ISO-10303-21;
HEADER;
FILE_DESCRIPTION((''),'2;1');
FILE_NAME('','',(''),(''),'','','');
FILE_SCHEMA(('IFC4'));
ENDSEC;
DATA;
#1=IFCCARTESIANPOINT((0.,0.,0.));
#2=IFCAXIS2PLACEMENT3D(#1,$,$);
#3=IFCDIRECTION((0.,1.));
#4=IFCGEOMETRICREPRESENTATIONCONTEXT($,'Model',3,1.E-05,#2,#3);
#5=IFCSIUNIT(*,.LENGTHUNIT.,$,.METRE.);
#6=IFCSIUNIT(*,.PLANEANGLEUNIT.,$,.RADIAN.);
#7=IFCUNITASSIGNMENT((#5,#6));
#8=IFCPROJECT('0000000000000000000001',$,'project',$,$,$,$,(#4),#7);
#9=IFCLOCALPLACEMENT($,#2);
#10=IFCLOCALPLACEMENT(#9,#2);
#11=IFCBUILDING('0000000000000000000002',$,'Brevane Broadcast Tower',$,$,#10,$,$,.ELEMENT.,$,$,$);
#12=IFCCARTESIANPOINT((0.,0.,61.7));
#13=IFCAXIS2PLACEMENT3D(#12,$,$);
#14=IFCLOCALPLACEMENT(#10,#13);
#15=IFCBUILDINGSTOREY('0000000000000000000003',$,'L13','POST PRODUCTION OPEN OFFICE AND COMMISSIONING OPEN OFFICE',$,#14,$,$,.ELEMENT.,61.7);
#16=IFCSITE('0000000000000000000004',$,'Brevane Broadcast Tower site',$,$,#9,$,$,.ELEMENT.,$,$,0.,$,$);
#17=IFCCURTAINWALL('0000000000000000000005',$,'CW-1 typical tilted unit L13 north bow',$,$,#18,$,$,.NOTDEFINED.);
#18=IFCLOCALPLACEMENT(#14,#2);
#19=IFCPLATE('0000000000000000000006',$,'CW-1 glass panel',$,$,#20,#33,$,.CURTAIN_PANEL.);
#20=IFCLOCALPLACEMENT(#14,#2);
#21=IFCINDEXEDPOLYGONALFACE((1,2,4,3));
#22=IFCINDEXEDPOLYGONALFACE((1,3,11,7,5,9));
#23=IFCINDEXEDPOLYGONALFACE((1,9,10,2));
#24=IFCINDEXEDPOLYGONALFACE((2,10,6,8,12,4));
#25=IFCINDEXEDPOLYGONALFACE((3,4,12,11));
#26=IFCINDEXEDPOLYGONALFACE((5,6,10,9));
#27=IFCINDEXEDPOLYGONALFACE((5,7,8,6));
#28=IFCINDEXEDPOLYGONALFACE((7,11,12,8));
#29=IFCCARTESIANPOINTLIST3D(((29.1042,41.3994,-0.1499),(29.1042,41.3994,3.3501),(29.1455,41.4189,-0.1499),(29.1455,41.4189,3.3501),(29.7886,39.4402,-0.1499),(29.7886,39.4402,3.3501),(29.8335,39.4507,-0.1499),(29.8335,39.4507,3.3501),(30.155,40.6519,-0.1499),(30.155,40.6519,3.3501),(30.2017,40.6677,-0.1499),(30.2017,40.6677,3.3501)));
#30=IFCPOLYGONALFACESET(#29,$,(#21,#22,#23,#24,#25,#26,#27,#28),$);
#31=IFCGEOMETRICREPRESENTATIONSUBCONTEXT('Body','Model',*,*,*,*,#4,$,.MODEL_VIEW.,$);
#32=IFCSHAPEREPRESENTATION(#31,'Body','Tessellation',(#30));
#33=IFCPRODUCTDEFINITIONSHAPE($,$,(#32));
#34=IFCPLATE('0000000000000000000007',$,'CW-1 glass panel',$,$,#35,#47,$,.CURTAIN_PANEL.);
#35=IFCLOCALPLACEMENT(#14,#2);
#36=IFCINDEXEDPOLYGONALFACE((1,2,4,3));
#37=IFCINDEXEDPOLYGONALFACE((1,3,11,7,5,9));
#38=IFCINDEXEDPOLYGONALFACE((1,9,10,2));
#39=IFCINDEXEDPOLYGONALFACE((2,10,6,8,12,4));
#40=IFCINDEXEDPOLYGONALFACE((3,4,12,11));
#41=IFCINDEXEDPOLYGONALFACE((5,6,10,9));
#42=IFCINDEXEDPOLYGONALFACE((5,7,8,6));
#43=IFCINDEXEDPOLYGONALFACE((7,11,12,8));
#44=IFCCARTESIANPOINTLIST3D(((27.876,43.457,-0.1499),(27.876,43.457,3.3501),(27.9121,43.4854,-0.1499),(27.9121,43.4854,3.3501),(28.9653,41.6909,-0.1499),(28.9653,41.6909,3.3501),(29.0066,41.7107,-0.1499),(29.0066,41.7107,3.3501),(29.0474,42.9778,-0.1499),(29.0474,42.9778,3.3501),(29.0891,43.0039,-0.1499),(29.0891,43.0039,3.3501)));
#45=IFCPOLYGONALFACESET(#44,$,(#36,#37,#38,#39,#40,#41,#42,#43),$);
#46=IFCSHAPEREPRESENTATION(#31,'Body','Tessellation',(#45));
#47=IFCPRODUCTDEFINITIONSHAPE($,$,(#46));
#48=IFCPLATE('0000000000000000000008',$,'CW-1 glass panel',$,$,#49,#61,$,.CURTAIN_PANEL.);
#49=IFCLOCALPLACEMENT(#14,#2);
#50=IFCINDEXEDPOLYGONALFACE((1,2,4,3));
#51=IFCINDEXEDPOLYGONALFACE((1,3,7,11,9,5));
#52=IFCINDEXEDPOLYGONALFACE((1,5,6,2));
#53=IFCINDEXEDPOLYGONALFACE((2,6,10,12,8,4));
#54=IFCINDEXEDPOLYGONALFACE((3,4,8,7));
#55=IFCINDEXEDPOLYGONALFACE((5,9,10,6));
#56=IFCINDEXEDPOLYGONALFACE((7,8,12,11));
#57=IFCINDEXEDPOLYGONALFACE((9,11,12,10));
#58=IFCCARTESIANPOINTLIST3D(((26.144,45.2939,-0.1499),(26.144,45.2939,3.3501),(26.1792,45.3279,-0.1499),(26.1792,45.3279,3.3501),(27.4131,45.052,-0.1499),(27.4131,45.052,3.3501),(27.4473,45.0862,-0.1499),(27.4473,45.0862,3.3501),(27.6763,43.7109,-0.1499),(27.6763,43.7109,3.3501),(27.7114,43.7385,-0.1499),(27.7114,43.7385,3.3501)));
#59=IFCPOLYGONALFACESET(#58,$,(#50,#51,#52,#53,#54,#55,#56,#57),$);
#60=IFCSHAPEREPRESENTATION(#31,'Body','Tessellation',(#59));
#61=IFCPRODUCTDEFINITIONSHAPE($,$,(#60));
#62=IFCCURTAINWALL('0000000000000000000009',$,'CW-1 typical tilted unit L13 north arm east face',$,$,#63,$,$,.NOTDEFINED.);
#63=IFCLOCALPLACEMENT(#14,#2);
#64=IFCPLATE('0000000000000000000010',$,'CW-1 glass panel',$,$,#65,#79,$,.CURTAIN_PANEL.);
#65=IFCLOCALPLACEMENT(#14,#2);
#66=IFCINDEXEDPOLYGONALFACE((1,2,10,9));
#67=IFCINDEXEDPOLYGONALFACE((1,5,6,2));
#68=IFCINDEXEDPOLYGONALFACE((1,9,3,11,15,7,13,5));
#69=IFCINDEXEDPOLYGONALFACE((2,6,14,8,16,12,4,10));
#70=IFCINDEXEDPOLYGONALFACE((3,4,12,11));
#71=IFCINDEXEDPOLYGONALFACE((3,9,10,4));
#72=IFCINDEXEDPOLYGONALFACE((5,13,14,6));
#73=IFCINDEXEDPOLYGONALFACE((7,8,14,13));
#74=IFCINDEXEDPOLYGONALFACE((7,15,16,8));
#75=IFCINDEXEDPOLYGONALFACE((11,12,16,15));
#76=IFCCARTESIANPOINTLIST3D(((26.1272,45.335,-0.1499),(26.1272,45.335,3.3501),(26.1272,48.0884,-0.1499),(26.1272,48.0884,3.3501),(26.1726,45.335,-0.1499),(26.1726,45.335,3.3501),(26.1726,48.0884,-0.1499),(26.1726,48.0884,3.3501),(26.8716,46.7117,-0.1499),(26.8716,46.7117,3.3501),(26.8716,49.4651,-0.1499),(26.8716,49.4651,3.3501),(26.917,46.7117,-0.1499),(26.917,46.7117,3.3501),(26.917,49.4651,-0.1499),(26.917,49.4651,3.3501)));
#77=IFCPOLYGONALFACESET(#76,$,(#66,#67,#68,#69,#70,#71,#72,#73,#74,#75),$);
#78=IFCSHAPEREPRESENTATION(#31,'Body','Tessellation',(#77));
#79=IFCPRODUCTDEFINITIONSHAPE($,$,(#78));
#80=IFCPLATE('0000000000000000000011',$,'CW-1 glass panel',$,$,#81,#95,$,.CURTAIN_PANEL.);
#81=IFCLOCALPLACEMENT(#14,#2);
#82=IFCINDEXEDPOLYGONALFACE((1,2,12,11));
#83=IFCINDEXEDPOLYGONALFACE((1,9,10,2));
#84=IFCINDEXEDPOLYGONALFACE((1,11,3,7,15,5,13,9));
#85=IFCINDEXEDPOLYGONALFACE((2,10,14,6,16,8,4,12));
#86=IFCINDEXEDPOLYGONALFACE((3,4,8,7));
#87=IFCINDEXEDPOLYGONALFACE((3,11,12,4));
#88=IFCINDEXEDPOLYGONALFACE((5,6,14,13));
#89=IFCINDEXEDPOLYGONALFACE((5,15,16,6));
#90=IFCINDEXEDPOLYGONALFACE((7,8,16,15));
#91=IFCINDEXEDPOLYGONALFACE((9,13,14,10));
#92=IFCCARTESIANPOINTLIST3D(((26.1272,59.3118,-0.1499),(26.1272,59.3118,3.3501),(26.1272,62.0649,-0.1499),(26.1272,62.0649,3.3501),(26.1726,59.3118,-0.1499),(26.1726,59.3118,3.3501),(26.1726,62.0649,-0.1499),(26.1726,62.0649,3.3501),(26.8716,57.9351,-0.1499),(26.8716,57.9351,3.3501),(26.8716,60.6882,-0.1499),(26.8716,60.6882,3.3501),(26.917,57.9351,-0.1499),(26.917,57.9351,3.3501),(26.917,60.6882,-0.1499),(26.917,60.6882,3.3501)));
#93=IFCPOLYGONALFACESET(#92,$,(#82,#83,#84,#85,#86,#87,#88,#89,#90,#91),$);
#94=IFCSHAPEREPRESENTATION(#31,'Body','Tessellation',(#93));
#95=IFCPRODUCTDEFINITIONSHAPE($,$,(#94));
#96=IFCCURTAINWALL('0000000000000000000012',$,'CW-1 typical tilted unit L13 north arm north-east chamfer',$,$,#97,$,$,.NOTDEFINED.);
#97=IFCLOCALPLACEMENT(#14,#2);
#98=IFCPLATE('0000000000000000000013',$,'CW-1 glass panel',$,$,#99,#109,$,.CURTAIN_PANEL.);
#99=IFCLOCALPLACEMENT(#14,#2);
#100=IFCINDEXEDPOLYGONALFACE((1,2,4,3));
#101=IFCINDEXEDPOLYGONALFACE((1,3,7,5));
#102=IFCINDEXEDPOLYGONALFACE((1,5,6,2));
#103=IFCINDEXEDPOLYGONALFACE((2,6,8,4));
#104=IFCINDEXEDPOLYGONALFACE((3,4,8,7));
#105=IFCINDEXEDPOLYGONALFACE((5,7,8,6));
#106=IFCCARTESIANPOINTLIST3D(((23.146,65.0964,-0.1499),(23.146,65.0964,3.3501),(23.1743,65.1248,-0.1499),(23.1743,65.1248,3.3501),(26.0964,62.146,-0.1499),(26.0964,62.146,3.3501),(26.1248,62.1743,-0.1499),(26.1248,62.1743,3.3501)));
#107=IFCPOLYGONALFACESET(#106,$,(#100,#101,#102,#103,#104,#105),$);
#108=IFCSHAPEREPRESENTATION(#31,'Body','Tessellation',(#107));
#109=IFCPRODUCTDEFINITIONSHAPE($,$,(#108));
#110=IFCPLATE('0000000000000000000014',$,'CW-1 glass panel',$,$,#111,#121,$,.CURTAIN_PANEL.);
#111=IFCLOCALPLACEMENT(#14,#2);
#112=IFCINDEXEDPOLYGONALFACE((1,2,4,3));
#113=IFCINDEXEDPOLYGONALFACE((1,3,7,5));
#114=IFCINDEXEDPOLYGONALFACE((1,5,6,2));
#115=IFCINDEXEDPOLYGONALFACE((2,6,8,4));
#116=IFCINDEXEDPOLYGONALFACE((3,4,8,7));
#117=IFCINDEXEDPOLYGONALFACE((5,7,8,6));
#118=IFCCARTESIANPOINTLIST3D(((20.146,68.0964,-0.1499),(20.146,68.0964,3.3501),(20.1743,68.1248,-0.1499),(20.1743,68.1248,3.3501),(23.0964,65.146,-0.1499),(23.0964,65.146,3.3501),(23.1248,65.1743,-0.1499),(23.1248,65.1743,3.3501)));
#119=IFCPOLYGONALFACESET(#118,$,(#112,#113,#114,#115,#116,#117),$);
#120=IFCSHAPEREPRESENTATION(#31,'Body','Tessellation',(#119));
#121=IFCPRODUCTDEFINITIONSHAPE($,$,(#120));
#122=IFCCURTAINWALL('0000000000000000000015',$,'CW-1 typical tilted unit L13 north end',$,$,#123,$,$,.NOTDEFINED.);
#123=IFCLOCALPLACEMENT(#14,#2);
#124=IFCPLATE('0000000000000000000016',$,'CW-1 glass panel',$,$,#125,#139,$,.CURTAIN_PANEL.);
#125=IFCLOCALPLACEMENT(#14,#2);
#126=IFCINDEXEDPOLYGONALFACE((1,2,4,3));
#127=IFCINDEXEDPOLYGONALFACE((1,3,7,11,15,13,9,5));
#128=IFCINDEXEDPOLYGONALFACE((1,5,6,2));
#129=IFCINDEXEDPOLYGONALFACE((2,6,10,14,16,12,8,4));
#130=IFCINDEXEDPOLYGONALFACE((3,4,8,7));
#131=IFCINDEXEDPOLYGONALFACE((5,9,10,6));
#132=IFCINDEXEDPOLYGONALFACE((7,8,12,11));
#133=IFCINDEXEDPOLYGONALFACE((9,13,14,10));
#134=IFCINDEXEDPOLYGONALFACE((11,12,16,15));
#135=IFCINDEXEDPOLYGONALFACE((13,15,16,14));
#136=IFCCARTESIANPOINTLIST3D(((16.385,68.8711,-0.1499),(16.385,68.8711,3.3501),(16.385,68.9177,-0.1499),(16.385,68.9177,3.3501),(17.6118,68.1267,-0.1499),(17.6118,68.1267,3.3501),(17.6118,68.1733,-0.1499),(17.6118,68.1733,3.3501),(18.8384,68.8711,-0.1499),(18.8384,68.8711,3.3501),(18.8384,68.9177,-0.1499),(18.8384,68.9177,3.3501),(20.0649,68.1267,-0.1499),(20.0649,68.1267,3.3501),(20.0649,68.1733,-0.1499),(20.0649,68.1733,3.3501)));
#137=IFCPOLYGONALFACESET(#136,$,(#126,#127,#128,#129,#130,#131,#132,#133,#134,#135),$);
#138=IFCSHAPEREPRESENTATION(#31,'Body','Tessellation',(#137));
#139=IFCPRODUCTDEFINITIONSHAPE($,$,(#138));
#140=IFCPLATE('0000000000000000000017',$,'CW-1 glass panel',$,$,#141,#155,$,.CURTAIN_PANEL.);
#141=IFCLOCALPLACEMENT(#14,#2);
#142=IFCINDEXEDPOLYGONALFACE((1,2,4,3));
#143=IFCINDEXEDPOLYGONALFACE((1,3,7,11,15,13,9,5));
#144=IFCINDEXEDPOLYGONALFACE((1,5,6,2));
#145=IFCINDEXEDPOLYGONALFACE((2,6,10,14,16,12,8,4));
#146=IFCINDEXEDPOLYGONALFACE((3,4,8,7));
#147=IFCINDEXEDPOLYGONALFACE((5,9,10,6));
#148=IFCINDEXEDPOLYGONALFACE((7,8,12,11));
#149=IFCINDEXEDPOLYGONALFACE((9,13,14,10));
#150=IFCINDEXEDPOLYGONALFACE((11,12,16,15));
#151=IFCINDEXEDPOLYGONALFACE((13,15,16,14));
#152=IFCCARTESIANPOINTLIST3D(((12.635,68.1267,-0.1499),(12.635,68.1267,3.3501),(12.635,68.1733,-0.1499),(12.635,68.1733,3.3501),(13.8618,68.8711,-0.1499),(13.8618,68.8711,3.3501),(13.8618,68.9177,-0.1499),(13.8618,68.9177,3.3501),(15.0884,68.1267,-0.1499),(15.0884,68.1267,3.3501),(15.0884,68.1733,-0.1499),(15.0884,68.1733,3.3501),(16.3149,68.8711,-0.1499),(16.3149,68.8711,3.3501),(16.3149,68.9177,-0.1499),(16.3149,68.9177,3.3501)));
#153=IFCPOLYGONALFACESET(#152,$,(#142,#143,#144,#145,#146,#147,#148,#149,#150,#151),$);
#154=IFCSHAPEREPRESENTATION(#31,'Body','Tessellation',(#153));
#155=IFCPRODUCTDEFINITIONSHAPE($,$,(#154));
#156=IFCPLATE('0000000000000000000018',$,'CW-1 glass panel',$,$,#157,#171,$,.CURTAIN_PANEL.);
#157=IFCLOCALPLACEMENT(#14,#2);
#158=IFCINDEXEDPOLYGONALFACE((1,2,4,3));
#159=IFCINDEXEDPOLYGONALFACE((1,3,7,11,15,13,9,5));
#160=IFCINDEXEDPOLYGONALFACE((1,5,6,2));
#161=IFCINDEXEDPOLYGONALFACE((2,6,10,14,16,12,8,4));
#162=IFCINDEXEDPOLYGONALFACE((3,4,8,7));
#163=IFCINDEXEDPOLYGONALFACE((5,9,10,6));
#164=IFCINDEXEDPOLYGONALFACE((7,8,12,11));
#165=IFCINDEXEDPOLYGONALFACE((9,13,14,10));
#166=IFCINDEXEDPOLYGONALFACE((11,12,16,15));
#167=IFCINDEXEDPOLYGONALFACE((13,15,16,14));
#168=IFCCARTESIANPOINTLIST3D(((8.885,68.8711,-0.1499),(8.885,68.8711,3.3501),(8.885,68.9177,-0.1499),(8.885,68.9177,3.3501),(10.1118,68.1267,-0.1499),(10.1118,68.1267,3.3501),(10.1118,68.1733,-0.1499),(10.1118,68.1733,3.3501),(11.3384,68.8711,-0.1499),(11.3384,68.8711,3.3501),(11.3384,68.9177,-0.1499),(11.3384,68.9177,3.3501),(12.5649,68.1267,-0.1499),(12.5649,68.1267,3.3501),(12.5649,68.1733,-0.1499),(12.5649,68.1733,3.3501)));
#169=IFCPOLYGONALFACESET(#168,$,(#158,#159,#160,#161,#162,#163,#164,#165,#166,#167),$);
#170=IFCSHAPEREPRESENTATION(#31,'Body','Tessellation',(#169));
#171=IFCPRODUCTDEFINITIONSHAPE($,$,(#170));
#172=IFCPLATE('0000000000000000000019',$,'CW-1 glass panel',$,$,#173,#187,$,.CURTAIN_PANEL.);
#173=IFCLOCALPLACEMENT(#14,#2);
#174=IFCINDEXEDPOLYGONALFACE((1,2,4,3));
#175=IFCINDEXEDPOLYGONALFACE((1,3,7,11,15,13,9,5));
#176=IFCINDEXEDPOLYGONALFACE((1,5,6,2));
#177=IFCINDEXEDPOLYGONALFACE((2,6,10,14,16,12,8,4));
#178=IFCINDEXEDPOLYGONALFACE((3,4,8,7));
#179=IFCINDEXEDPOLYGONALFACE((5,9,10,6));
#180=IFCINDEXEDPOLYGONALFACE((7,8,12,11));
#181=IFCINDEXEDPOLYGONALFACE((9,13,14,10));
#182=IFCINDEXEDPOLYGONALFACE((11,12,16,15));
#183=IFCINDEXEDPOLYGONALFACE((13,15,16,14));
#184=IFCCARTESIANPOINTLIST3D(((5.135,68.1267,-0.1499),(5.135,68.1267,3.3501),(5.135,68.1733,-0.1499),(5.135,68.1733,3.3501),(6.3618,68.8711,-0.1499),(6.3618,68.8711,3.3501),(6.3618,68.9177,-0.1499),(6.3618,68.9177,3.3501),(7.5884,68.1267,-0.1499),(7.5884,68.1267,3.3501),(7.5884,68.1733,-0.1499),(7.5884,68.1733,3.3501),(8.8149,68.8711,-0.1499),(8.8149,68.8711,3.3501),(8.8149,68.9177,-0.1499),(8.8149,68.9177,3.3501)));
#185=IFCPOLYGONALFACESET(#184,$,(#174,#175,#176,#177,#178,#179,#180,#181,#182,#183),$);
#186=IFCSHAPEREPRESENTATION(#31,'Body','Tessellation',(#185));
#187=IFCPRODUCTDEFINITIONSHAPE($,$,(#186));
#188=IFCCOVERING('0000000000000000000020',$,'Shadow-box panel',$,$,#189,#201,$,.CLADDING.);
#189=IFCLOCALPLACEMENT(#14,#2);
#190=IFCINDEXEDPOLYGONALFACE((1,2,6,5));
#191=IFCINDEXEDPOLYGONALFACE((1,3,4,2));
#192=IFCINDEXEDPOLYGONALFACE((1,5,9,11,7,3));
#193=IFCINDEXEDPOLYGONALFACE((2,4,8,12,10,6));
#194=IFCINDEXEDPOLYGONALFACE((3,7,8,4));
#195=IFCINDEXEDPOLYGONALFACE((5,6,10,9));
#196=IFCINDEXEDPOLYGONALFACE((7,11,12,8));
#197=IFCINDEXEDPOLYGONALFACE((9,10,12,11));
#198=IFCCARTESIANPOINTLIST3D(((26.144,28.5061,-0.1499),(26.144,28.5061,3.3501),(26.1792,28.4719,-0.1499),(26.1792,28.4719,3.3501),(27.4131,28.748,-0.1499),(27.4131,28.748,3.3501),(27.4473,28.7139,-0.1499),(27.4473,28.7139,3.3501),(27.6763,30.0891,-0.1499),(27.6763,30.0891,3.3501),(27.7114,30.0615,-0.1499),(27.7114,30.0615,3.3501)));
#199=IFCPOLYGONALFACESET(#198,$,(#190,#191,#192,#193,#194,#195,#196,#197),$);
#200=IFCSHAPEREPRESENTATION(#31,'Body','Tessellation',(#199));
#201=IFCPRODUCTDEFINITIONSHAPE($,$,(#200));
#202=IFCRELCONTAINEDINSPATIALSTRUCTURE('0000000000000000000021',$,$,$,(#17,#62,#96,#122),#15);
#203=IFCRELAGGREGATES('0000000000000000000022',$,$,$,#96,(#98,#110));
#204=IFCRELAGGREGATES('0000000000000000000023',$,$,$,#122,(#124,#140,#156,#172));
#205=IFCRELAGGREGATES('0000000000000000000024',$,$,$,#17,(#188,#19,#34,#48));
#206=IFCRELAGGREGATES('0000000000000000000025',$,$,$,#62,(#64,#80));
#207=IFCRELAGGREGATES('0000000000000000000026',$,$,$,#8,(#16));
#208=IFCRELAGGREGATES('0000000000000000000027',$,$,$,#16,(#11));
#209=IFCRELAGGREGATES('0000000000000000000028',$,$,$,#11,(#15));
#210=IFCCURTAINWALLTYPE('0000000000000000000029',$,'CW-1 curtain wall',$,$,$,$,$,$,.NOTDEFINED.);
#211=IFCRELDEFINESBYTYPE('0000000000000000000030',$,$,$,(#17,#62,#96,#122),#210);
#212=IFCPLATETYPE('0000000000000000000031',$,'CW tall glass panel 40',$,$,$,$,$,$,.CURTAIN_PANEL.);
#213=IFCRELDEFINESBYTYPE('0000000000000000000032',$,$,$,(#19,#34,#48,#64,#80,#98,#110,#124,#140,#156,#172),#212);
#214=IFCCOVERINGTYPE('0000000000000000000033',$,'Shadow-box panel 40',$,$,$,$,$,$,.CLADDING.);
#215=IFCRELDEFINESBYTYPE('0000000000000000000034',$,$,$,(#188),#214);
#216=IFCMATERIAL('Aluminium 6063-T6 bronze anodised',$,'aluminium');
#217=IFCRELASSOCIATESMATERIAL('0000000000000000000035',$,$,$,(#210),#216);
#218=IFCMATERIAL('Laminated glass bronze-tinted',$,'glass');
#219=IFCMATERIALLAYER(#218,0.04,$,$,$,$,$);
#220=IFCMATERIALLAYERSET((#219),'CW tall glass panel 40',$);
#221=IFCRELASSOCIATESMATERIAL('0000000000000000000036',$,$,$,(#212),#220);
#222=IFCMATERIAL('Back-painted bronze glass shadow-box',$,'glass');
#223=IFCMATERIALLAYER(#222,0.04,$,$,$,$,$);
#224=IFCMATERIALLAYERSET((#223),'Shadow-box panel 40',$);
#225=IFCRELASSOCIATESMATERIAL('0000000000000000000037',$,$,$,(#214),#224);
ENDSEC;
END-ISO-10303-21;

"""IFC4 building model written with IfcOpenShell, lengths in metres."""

from ifc_helpers import new_model, si_unit, direction, frame, origin, place, context, subcontext, project, spatial, polyline, outline, extrude, material, layer, layer_set, type_object, element, aggregate, save


model = new_model("IFC4")

# Units and contexts
model_context = context("Model", 3, precision=1e-05, world=origin(), true_north=direction((0.0, 1.0)))
body_context = subcontext(model_context, "Body", "Model", "MODEL_VIEW")
ifc_project = project(units=[si_unit("LENGTHUNIT", "METRE"), si_unit("PLANEANGLEUNIT", "RADIAN")], contexts=[model_context])

# Site, building, storey
site_placement = place(None, origin())
site = spatial("IfcSite", under=ifc_project, at=site_placement, Name="Brevane Broadcast Tower site", CompositionType="ELEMENT", RefElevation=0.0)
building_placement = place(site_placement, origin())
building = spatial("IfcBuilding", under=site, at=building_placement, Name="Brevane Broadcast Tower", CompositionType="ELEMENT")
storey_placement = place(building_placement, frame((0.0, 0.0, 61.7)))
storey = spatial("IfcBuildingStorey", under=building, at=storey_placement, Name="L13", Description="POST PRODUCTION OPEN OFFICE AND COMMISSIONING OPEN OFFICE", CompositionType="ELEMENT", Elevation=61.7)

# Shared definitions
ifc_material_1 = material(Name="Aluminium 6063-T6 bronze anodised", Category="aluminium")
curtain_wall_type = type_object("IfcCurtainWallType", Name="CW-1 curtain wall", PredefinedType="NOTDEFINED", material=ifc_material_1)

# Curtain walls, plates
ifc_material_2 = material(Name="Laminated glass bronze-tinted", Category="glass")
ifc_layer_1 = layer(ifc_material_2, 0.04)
ifc_layer_set_1 = layer_set([ifc_layer_1], Name="CW tall glass panel 40")
plate_type = type_object("IfcPlateType", Name="CW tall glass panel 40", PredefinedType="CURTAIN_PANEL", material=ifc_layer_set_1)
curtain_wall_1_placement = place(storey_placement, origin())
curtain_wall_1 = element("IfcCurtainWall", 1, at=curtain_wall_1_placement, inside=storey, type_object=curtain_wall_type, Name="CW-1 typical tilted unit L13 north bow", PredefinedType="NOTDEFINED")
plate_1_placement = place(storey_placement, frame((0.0, 0.0, -0.1499)))
plate_1 = element("IfcPlate", 2, at=plate_1_placement, type_object=plate_type, Name="CW-1 glass panel", PredefinedType="CURTAIN_PANEL", context=body_context, shape_type="SweptSolid", body=[
    extrude(outline(polyline([(29.7886, 39.4402), (29.8335, 39.4507), (30.2017, 40.6677), (29.1455, 41.4189), (29.1042, 41.3994), (30.155, 40.6519), (29.7886, 39.4402)])), origin(), (0.0, 0.0, 1.0), 3.5),
])
plate_2_placement = place(storey_placement, frame((0.0, 0.0, -0.1499)))
plate_2 = element("IfcPlate", 3, at=plate_2_placement, type_object=plate_type, Name="CW-1 glass panel", PredefinedType="CURTAIN_PANEL", context=body_context, shape_type="SweptSolid", body=[
    extrude(outline(polyline([(28.9653, 41.6909), (29.0066, 41.7107), (29.0891, 43.0039), (27.9121, 43.4854), (27.876, 43.457), (29.0474, 42.9778), (28.9653, 41.6909)])), origin(), (0.0, 0.0, 1.0), 3.5),
])
plate_3_placement = place(storey_placement, frame((0.0, 0.0, -0.1499)))
plate_3 = element("IfcPlate", 4, at=plate_3_placement, type_object=plate_type, Name="CW-1 glass panel", PredefinedType="CURTAIN_PANEL", context=body_context, shape_type="SweptSolid", body=[
    extrude(outline(polyline([(27.6763, 43.7109), (27.7114, 43.7385), (27.4473, 45.0862), (26.1792, 45.3279), (26.144, 45.2939), (27.4131, 45.052), (27.6763, 43.7109)])), origin(), (0.0, 0.0, 1.0), 3.5),
])
curtain_wall_2_placement = place(storey_placement, origin())
curtain_wall_2 = element("IfcCurtainWall", 5, at=curtain_wall_2_placement, inside=storey, type_object=curtain_wall_type, Name="CW-1 typical tilted unit L13 north arm east face", PredefinedType="NOTDEFINED")
plate_4_placement = place(storey_placement, frame((0.0, 0.0, -0.1499)))
plate_4 = element("IfcPlate", 6, at=plate_4_placement, type_object=plate_type, Name="CW-1 glass panel", PredefinedType="CURTAIN_PANEL", context=body_context, shape_type="SweptSolid", body=[
    extrude(outline(polyline([(26.1272, 45.335), (26.1726, 45.335), (26.917, 46.7117), (26.1726, 48.0884), (26.917, 49.4651), (26.8716, 49.4651), (26.1272, 48.0884), (26.8716, 46.7117), (26.1272, 45.335)])), origin(), (0.0, 0.0, 1.0), 3.5),
])
plate_5_placement = place(storey_placement, frame((0.0, 0.0, -0.1499)))
plate_5 = element("IfcPlate", 7, at=plate_5_placement, type_object=plate_type, Name="CW-1 glass panel", PredefinedType="CURTAIN_PANEL", context=body_context, shape_type="SweptSolid", body=[
    extrude(outline(polyline([(26.8716, 57.9351), (26.917, 57.9351), (26.1726, 59.3118), (26.917, 60.6882), (26.1726, 62.0649), (26.1272, 62.0649), (26.8716, 60.6882), (26.1272, 59.3118), (26.8716, 57.9351)])), origin(), (0.0, 0.0, 1.0), 3.5),
])
curtain_wall_3_placement = place(storey_placement, origin())
curtain_wall_3 = element("IfcCurtainWall", 8, at=curtain_wall_3_placement, inside=storey, type_object=curtain_wall_type, Name="CW-1 typical tilted unit L13 north arm north-east chamfer", PredefinedType="NOTDEFINED")
plate_6_placement = place(storey_placement, frame((0.0, 0.0, -0.1499)))
plate_6 = element("IfcPlate", 9, at=plate_6_placement, type_object=plate_type, Name="CW-1 glass panel", PredefinedType="CURTAIN_PANEL", context=body_context, shape_type="SweptSolid", body=[
    extrude(outline(polyline([(26.0964, 62.146), (23.146, 65.0964), (23.1743, 65.1248), (26.1248, 62.1743), (26.0964, 62.146)])), origin(), (0.0, 0.0, 1.0), 3.5),
])
plate_7_placement = place(storey_placement, frame((0.0, 0.0, -0.1499)))
plate_7 = element("IfcPlate", 10, at=plate_7_placement, type_object=plate_type, Name="CW-1 glass panel", PredefinedType="CURTAIN_PANEL", context=body_context, shape_type="SweptSolid", body=[
    extrude(outline(polyline([(23.0964, 65.146), (20.146, 68.0964), (20.1743, 68.1248), (23.1248, 65.1743), (23.0964, 65.146)])), origin(), (0.0, 0.0, 1.0), 3.5),
])
aggregate(curtain_wall_3, [plate_6, plate_7])
curtain_wall_4_placement = place(storey_placement, origin())
curtain_wall_4 = element("IfcCurtainWall", 11, at=curtain_wall_4_placement, inside=storey, type_object=curtain_wall_type, Name="CW-1 typical tilted unit L13 north end", PredefinedType="NOTDEFINED")
plate_8_placement = place(storey_placement, frame((0.0, 0.0, -0.1499)))
plate_8 = element("IfcPlate", 12, at=plate_8_placement, type_object=plate_type, Name="CW-1 glass panel", PredefinedType="CURTAIN_PANEL", context=body_context, shape_type="SweptSolid", body=[
    extrude(outline(polyline([(20.0649, 68.1267), (20.0649, 68.1733), (18.8384, 68.9177), (17.6118, 68.1733), (16.385, 68.9177), (16.385, 68.8711), (17.6118, 68.1267), (18.8384, 68.8711), (20.0649, 68.1267)])), origin(), (0.0, 0.0, 1.0), 3.5),
])
plate_9_placement = place(storey_placement, frame((0.0, 0.0, -0.1499)))
plate_9 = element("IfcPlate", 13, at=plate_9_placement, type_object=plate_type, Name="CW-1 glass panel", PredefinedType="CURTAIN_PANEL", context=body_context, shape_type="SweptSolid", body=[
    extrude(outline(polyline([(16.3149, 68.8711), (16.3149, 68.9177), (15.0884, 68.1733), (13.8618, 68.9177), (12.635, 68.1733), (12.635, 68.1267), (13.8618, 68.8711), (15.0884, 68.1267), (16.3149, 68.8711)])), origin(), (0.0, 0.0, 1.0), 3.5),
])
plate_10_placement = place(storey_placement, frame((0.0, 0.0, -0.1499)))
plate_10 = element("IfcPlate", 14, at=plate_10_placement, type_object=plate_type, Name="CW-1 glass panel", PredefinedType="CURTAIN_PANEL", context=body_context, shape_type="SweptSolid", body=[
    extrude(outline(polyline([(12.5649, 68.1267), (12.5649, 68.1733), (11.3384, 68.9177), (10.1118, 68.1733), (8.885, 68.9177), (8.885, 68.8711), (10.1118, 68.1267), (11.3384, 68.8711), (12.5649, 68.1267)])), origin(), (0.0, 0.0, 1.0), 3.5),
])
plate_11_placement = place(storey_placement, frame((0.0, 0.0, -0.1499)))
plate_11 = element("IfcPlate", 15, at=plate_11_placement, type_object=plate_type, Name="CW-1 glass panel", PredefinedType="CURTAIN_PANEL", context=body_context, shape_type="SweptSolid", body=[
    extrude(outline(polyline([(8.8149, 68.8711), (8.8149, 68.9177), (7.5884, 68.1733), (6.3618, 68.9177), (5.135, 68.1733), (5.135, 68.1267), (6.3618, 68.8711), (7.5884, 68.1267), (8.8149, 68.8711)])), origin(), (0.0, 0.0, 1.0), 3.5),
])
aggregate(curtain_wall_4, [plate_8, plate_9, plate_10, plate_11])

# Covering
ifc_material_3 = material(Name="Back-painted bronze glass shadow-box", Category="glass")
ifc_layer_2 = layer(ifc_material_3, 0.04)
ifc_layer_set_2 = layer_set([ifc_layer_2], Name="Shadow-box panel 40")
covering_type = type_object("IfcCoveringType", Name="Shadow-box panel 40", PredefinedType="CLADDING", material=ifc_layer_set_2)
covering_1_placement = place(storey_placement, frame((0.0, 0.0, -0.1499)))
covering_1 = element("IfcCovering", 16, at=covering_1_placement, type_object=covering_type, Name="Shadow-box panel", PredefinedType="CLADDING", context=body_context, shape_type="SweptSolid", body=[
    extrude(outline(polyline([(26.144, 28.5061), (26.1792, 28.4719), (27.4473, 28.7139), (27.7114, 30.0615), (27.6763, 30.0891), (27.4131, 28.748), (26.144, 28.5061)])), origin(), (0.0, 0.0, 1.0), 3.5),
])
aggregate(curtain_wall_1, [covering_1, plate_1, plate_2, plate_3])
aggregate(curtain_wall_2, [plate_4, plate_5])

save(model, "model.ifc")
